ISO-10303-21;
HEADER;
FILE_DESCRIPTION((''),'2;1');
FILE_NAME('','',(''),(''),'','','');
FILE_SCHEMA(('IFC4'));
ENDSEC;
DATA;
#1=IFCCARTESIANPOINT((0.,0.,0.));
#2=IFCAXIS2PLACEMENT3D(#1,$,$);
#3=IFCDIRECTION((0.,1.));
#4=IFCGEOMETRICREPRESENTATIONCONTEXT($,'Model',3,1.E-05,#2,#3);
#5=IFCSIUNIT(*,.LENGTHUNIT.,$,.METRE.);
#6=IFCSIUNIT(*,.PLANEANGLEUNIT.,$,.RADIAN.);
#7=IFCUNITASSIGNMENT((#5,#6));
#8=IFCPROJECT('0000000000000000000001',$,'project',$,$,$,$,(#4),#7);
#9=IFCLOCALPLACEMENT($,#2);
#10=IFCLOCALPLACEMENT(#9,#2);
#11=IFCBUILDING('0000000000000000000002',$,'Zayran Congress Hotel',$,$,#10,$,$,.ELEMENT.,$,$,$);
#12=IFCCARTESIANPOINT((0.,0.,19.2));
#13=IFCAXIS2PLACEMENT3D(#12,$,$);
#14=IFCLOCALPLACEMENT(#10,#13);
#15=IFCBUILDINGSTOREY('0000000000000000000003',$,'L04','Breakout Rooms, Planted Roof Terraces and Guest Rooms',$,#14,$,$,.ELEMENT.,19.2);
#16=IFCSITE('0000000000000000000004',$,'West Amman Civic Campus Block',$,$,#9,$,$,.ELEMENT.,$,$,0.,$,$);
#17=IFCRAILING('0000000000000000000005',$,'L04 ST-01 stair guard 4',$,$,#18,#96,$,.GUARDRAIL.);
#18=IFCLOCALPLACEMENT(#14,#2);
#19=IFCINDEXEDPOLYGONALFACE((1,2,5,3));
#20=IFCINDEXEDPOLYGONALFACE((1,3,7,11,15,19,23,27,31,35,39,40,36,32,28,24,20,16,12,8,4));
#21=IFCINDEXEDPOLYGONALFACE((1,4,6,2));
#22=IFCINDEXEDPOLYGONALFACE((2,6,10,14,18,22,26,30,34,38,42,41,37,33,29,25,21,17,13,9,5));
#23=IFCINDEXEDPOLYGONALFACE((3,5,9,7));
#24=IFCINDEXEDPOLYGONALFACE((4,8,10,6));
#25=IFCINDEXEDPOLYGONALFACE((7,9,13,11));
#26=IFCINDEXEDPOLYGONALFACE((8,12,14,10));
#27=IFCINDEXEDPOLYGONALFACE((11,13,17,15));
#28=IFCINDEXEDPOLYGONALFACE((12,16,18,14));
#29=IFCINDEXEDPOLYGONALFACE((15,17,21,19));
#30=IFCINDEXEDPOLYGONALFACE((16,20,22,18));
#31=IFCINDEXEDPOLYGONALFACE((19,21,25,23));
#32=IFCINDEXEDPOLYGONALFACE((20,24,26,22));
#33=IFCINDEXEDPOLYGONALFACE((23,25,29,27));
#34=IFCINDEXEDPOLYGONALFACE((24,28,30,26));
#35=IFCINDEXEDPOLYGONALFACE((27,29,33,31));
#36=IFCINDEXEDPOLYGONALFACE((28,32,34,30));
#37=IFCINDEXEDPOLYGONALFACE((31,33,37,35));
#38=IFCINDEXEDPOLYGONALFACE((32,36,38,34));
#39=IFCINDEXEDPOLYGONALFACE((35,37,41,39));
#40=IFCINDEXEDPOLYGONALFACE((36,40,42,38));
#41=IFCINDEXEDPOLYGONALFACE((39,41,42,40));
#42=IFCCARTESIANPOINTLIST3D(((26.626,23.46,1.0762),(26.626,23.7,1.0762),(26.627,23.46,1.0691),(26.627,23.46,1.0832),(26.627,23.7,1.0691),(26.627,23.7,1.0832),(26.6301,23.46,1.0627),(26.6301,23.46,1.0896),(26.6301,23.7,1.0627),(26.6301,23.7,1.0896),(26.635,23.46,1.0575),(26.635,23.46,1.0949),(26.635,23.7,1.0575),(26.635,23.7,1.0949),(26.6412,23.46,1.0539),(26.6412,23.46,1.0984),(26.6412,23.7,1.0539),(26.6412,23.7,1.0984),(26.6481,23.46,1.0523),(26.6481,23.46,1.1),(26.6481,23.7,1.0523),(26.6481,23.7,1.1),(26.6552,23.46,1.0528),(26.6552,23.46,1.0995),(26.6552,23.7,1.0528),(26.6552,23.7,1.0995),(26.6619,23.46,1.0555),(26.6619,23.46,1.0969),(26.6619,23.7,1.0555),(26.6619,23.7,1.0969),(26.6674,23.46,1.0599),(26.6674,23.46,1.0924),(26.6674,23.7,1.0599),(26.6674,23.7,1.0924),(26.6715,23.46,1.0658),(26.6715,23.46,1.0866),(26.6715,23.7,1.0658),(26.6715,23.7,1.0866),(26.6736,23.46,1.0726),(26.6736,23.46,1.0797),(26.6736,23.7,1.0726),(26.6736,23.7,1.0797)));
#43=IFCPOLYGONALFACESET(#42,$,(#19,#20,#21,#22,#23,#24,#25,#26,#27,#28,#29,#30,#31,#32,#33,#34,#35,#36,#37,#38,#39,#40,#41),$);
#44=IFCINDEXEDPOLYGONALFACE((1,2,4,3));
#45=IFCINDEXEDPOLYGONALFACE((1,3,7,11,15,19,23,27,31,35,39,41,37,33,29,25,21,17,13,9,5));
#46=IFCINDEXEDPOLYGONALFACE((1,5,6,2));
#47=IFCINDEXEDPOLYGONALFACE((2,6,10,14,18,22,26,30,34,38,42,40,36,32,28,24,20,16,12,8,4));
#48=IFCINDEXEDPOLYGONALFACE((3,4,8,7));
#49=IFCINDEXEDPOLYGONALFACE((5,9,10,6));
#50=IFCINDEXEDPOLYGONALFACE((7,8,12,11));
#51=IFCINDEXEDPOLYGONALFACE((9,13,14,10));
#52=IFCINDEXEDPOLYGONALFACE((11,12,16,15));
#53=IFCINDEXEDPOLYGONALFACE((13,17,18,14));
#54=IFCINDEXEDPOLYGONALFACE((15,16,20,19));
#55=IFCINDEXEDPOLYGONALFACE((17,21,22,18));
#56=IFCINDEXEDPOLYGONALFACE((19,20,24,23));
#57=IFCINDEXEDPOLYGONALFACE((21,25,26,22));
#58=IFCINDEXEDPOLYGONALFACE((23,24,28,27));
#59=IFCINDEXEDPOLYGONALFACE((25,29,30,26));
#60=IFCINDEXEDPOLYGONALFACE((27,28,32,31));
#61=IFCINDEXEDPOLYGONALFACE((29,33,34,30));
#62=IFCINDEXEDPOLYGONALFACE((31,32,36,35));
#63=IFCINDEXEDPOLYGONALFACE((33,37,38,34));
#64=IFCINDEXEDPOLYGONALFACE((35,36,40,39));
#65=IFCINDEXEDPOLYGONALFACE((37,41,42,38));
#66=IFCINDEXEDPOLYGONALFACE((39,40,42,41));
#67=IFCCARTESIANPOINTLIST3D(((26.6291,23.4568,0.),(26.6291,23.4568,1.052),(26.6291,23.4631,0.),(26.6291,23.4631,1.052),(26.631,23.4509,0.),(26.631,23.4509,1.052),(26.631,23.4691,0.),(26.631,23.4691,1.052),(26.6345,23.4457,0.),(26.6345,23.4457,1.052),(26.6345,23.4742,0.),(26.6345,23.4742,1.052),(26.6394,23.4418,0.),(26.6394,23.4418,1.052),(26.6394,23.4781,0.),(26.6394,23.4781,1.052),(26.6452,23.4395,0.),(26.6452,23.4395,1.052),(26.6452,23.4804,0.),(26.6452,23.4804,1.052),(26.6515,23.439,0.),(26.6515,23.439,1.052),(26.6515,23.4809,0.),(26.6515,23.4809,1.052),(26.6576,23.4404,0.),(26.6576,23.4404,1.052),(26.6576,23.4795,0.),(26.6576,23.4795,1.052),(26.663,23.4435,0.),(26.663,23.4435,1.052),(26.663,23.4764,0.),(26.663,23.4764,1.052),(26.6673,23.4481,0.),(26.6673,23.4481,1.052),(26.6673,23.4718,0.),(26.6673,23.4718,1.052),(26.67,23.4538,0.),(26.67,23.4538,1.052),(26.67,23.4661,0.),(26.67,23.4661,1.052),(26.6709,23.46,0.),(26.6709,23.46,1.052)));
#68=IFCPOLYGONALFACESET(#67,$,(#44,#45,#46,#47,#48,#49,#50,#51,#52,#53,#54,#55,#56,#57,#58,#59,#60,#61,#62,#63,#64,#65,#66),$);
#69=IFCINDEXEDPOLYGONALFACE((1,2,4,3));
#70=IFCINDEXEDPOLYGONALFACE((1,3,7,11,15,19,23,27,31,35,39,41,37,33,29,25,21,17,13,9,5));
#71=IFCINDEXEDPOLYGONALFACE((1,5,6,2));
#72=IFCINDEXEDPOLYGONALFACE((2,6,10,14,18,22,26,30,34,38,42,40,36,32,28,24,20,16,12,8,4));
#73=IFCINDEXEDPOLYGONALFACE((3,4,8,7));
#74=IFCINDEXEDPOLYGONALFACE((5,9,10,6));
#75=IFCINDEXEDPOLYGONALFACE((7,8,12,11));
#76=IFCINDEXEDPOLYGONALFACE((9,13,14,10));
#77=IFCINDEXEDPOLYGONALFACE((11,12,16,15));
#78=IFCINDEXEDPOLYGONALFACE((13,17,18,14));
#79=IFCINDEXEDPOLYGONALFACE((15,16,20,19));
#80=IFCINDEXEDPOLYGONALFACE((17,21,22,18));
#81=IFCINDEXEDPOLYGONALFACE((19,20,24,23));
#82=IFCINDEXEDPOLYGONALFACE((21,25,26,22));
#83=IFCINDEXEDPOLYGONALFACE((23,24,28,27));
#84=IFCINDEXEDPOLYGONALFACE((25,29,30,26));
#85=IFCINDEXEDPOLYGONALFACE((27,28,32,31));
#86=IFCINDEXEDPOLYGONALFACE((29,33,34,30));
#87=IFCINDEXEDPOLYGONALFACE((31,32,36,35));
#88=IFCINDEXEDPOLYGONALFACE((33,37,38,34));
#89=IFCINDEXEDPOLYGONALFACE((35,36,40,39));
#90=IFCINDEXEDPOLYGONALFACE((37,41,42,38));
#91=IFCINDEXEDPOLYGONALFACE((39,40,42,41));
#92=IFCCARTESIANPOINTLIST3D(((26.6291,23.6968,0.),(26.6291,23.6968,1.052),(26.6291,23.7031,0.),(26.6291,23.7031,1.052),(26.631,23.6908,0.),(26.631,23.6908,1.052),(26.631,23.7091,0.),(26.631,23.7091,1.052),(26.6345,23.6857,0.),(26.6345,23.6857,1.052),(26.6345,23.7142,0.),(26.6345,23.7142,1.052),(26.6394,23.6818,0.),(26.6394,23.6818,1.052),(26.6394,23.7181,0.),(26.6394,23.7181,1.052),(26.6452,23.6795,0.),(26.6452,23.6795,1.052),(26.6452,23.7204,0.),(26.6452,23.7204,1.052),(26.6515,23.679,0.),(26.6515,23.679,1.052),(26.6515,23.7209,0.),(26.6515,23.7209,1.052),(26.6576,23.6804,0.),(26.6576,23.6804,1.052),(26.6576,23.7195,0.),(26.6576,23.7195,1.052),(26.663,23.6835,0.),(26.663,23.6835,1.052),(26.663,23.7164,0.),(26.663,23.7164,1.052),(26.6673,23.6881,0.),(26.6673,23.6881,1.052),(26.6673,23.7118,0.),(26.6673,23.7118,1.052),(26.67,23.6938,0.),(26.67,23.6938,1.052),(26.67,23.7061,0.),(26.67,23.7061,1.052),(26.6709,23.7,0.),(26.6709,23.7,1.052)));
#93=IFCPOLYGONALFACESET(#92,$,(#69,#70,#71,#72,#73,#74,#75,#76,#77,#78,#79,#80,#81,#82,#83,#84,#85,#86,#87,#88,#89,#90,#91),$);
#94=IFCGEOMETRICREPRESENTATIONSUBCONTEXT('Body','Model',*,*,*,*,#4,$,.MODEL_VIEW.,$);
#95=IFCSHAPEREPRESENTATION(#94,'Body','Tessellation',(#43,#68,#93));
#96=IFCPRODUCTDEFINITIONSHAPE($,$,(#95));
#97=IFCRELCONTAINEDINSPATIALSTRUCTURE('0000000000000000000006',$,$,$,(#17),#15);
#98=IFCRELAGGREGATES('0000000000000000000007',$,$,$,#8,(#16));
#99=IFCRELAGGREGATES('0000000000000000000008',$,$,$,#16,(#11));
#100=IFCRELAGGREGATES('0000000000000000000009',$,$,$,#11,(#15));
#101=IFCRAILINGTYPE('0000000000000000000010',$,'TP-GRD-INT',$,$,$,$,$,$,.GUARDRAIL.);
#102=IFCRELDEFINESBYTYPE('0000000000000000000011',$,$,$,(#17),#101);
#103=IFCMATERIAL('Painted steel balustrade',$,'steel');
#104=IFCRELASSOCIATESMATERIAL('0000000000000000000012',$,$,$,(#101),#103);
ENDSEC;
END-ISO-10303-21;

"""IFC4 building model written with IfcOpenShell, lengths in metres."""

from ifc_helpers import new_model, si_unit, direction, frame, origin, origin_2d, place, context, subcontext, project, spatial, circle, extrude, material, type_object, element, save


model = new_model("IFC4")

# Units and contexts
model_context = context("Model", 3, precision=1e-05, world=origin(), true_north=direction((0.0, 1.0)))
body_context = subcontext(model_context, "Body", "Model", "MODEL_VIEW")
ifc_project = project(units=[si_unit("LENGTHUNIT", "METRE"), si_unit("PLANEANGLEUNIT", "RADIAN")], contexts=[model_context])

# Site, building, storey
site_placement = place(None, origin())
site = spatial("IfcSite", under=ifc_project, at=site_placement, Name="West Amman Civic Campus Block", CompositionType="ELEMENT", RefElevation=0.0)
building_placement = place(site_placement, origin())
building = spatial("IfcBuilding", under=site, at=building_placement, Name="Zayran Congress Hotel", CompositionType="ELEMENT")
storey_placement = place(building_placement, frame((0.0, 0.0, 19.2)))
storey = spatial("IfcBuildingStorey", under=building, at=storey_placement, Name="L04", Description="Breakout Rooms, Planted Roof Terraces and Guest Rooms", CompositionType="ELEMENT", Elevation=19.2)

# Railing
ifc_material_1 = material(Name="Painted steel balustrade", Category="steel")
railing_type_1 = type_object("IfcRailingType", Name="TP-GRD-INT", PredefinedType="GUARDRAIL", material=ifc_material_1)
railing_1_placement = place(storey_placement, frame((26.6499, 23.46, 0.0)))
element("IfcRailing", 1, at=railing_1_placement, inside=storey, type_object=railing_type_1, Name="L04 ST-01 stair guard 4", PredefinedType="GUARDRAIL", context=body_context, shape_type="SweptSolid", body=[
    extrude(circle(Radius=0.0239, at=origin_2d()), frame((0.0, 0.0, 1.0762), z_axis=(0.0, 1.0, 0.0), x_axis=(-1.0, 0.0, 0.0)), (0.0, 0.0, 1.0), 0.24),
    extrude(circle(Radius=0.021, at=origin_2d()), origin(), (0.0, 0.0, 1.0), 1.052),
    extrude(circle(Radius=0.021, at=origin_2d()), frame((0.0, 0.24, 0.0)), (0.0, 0.0, 1.0), 1.052),
])

save(model, "model.ifc")
